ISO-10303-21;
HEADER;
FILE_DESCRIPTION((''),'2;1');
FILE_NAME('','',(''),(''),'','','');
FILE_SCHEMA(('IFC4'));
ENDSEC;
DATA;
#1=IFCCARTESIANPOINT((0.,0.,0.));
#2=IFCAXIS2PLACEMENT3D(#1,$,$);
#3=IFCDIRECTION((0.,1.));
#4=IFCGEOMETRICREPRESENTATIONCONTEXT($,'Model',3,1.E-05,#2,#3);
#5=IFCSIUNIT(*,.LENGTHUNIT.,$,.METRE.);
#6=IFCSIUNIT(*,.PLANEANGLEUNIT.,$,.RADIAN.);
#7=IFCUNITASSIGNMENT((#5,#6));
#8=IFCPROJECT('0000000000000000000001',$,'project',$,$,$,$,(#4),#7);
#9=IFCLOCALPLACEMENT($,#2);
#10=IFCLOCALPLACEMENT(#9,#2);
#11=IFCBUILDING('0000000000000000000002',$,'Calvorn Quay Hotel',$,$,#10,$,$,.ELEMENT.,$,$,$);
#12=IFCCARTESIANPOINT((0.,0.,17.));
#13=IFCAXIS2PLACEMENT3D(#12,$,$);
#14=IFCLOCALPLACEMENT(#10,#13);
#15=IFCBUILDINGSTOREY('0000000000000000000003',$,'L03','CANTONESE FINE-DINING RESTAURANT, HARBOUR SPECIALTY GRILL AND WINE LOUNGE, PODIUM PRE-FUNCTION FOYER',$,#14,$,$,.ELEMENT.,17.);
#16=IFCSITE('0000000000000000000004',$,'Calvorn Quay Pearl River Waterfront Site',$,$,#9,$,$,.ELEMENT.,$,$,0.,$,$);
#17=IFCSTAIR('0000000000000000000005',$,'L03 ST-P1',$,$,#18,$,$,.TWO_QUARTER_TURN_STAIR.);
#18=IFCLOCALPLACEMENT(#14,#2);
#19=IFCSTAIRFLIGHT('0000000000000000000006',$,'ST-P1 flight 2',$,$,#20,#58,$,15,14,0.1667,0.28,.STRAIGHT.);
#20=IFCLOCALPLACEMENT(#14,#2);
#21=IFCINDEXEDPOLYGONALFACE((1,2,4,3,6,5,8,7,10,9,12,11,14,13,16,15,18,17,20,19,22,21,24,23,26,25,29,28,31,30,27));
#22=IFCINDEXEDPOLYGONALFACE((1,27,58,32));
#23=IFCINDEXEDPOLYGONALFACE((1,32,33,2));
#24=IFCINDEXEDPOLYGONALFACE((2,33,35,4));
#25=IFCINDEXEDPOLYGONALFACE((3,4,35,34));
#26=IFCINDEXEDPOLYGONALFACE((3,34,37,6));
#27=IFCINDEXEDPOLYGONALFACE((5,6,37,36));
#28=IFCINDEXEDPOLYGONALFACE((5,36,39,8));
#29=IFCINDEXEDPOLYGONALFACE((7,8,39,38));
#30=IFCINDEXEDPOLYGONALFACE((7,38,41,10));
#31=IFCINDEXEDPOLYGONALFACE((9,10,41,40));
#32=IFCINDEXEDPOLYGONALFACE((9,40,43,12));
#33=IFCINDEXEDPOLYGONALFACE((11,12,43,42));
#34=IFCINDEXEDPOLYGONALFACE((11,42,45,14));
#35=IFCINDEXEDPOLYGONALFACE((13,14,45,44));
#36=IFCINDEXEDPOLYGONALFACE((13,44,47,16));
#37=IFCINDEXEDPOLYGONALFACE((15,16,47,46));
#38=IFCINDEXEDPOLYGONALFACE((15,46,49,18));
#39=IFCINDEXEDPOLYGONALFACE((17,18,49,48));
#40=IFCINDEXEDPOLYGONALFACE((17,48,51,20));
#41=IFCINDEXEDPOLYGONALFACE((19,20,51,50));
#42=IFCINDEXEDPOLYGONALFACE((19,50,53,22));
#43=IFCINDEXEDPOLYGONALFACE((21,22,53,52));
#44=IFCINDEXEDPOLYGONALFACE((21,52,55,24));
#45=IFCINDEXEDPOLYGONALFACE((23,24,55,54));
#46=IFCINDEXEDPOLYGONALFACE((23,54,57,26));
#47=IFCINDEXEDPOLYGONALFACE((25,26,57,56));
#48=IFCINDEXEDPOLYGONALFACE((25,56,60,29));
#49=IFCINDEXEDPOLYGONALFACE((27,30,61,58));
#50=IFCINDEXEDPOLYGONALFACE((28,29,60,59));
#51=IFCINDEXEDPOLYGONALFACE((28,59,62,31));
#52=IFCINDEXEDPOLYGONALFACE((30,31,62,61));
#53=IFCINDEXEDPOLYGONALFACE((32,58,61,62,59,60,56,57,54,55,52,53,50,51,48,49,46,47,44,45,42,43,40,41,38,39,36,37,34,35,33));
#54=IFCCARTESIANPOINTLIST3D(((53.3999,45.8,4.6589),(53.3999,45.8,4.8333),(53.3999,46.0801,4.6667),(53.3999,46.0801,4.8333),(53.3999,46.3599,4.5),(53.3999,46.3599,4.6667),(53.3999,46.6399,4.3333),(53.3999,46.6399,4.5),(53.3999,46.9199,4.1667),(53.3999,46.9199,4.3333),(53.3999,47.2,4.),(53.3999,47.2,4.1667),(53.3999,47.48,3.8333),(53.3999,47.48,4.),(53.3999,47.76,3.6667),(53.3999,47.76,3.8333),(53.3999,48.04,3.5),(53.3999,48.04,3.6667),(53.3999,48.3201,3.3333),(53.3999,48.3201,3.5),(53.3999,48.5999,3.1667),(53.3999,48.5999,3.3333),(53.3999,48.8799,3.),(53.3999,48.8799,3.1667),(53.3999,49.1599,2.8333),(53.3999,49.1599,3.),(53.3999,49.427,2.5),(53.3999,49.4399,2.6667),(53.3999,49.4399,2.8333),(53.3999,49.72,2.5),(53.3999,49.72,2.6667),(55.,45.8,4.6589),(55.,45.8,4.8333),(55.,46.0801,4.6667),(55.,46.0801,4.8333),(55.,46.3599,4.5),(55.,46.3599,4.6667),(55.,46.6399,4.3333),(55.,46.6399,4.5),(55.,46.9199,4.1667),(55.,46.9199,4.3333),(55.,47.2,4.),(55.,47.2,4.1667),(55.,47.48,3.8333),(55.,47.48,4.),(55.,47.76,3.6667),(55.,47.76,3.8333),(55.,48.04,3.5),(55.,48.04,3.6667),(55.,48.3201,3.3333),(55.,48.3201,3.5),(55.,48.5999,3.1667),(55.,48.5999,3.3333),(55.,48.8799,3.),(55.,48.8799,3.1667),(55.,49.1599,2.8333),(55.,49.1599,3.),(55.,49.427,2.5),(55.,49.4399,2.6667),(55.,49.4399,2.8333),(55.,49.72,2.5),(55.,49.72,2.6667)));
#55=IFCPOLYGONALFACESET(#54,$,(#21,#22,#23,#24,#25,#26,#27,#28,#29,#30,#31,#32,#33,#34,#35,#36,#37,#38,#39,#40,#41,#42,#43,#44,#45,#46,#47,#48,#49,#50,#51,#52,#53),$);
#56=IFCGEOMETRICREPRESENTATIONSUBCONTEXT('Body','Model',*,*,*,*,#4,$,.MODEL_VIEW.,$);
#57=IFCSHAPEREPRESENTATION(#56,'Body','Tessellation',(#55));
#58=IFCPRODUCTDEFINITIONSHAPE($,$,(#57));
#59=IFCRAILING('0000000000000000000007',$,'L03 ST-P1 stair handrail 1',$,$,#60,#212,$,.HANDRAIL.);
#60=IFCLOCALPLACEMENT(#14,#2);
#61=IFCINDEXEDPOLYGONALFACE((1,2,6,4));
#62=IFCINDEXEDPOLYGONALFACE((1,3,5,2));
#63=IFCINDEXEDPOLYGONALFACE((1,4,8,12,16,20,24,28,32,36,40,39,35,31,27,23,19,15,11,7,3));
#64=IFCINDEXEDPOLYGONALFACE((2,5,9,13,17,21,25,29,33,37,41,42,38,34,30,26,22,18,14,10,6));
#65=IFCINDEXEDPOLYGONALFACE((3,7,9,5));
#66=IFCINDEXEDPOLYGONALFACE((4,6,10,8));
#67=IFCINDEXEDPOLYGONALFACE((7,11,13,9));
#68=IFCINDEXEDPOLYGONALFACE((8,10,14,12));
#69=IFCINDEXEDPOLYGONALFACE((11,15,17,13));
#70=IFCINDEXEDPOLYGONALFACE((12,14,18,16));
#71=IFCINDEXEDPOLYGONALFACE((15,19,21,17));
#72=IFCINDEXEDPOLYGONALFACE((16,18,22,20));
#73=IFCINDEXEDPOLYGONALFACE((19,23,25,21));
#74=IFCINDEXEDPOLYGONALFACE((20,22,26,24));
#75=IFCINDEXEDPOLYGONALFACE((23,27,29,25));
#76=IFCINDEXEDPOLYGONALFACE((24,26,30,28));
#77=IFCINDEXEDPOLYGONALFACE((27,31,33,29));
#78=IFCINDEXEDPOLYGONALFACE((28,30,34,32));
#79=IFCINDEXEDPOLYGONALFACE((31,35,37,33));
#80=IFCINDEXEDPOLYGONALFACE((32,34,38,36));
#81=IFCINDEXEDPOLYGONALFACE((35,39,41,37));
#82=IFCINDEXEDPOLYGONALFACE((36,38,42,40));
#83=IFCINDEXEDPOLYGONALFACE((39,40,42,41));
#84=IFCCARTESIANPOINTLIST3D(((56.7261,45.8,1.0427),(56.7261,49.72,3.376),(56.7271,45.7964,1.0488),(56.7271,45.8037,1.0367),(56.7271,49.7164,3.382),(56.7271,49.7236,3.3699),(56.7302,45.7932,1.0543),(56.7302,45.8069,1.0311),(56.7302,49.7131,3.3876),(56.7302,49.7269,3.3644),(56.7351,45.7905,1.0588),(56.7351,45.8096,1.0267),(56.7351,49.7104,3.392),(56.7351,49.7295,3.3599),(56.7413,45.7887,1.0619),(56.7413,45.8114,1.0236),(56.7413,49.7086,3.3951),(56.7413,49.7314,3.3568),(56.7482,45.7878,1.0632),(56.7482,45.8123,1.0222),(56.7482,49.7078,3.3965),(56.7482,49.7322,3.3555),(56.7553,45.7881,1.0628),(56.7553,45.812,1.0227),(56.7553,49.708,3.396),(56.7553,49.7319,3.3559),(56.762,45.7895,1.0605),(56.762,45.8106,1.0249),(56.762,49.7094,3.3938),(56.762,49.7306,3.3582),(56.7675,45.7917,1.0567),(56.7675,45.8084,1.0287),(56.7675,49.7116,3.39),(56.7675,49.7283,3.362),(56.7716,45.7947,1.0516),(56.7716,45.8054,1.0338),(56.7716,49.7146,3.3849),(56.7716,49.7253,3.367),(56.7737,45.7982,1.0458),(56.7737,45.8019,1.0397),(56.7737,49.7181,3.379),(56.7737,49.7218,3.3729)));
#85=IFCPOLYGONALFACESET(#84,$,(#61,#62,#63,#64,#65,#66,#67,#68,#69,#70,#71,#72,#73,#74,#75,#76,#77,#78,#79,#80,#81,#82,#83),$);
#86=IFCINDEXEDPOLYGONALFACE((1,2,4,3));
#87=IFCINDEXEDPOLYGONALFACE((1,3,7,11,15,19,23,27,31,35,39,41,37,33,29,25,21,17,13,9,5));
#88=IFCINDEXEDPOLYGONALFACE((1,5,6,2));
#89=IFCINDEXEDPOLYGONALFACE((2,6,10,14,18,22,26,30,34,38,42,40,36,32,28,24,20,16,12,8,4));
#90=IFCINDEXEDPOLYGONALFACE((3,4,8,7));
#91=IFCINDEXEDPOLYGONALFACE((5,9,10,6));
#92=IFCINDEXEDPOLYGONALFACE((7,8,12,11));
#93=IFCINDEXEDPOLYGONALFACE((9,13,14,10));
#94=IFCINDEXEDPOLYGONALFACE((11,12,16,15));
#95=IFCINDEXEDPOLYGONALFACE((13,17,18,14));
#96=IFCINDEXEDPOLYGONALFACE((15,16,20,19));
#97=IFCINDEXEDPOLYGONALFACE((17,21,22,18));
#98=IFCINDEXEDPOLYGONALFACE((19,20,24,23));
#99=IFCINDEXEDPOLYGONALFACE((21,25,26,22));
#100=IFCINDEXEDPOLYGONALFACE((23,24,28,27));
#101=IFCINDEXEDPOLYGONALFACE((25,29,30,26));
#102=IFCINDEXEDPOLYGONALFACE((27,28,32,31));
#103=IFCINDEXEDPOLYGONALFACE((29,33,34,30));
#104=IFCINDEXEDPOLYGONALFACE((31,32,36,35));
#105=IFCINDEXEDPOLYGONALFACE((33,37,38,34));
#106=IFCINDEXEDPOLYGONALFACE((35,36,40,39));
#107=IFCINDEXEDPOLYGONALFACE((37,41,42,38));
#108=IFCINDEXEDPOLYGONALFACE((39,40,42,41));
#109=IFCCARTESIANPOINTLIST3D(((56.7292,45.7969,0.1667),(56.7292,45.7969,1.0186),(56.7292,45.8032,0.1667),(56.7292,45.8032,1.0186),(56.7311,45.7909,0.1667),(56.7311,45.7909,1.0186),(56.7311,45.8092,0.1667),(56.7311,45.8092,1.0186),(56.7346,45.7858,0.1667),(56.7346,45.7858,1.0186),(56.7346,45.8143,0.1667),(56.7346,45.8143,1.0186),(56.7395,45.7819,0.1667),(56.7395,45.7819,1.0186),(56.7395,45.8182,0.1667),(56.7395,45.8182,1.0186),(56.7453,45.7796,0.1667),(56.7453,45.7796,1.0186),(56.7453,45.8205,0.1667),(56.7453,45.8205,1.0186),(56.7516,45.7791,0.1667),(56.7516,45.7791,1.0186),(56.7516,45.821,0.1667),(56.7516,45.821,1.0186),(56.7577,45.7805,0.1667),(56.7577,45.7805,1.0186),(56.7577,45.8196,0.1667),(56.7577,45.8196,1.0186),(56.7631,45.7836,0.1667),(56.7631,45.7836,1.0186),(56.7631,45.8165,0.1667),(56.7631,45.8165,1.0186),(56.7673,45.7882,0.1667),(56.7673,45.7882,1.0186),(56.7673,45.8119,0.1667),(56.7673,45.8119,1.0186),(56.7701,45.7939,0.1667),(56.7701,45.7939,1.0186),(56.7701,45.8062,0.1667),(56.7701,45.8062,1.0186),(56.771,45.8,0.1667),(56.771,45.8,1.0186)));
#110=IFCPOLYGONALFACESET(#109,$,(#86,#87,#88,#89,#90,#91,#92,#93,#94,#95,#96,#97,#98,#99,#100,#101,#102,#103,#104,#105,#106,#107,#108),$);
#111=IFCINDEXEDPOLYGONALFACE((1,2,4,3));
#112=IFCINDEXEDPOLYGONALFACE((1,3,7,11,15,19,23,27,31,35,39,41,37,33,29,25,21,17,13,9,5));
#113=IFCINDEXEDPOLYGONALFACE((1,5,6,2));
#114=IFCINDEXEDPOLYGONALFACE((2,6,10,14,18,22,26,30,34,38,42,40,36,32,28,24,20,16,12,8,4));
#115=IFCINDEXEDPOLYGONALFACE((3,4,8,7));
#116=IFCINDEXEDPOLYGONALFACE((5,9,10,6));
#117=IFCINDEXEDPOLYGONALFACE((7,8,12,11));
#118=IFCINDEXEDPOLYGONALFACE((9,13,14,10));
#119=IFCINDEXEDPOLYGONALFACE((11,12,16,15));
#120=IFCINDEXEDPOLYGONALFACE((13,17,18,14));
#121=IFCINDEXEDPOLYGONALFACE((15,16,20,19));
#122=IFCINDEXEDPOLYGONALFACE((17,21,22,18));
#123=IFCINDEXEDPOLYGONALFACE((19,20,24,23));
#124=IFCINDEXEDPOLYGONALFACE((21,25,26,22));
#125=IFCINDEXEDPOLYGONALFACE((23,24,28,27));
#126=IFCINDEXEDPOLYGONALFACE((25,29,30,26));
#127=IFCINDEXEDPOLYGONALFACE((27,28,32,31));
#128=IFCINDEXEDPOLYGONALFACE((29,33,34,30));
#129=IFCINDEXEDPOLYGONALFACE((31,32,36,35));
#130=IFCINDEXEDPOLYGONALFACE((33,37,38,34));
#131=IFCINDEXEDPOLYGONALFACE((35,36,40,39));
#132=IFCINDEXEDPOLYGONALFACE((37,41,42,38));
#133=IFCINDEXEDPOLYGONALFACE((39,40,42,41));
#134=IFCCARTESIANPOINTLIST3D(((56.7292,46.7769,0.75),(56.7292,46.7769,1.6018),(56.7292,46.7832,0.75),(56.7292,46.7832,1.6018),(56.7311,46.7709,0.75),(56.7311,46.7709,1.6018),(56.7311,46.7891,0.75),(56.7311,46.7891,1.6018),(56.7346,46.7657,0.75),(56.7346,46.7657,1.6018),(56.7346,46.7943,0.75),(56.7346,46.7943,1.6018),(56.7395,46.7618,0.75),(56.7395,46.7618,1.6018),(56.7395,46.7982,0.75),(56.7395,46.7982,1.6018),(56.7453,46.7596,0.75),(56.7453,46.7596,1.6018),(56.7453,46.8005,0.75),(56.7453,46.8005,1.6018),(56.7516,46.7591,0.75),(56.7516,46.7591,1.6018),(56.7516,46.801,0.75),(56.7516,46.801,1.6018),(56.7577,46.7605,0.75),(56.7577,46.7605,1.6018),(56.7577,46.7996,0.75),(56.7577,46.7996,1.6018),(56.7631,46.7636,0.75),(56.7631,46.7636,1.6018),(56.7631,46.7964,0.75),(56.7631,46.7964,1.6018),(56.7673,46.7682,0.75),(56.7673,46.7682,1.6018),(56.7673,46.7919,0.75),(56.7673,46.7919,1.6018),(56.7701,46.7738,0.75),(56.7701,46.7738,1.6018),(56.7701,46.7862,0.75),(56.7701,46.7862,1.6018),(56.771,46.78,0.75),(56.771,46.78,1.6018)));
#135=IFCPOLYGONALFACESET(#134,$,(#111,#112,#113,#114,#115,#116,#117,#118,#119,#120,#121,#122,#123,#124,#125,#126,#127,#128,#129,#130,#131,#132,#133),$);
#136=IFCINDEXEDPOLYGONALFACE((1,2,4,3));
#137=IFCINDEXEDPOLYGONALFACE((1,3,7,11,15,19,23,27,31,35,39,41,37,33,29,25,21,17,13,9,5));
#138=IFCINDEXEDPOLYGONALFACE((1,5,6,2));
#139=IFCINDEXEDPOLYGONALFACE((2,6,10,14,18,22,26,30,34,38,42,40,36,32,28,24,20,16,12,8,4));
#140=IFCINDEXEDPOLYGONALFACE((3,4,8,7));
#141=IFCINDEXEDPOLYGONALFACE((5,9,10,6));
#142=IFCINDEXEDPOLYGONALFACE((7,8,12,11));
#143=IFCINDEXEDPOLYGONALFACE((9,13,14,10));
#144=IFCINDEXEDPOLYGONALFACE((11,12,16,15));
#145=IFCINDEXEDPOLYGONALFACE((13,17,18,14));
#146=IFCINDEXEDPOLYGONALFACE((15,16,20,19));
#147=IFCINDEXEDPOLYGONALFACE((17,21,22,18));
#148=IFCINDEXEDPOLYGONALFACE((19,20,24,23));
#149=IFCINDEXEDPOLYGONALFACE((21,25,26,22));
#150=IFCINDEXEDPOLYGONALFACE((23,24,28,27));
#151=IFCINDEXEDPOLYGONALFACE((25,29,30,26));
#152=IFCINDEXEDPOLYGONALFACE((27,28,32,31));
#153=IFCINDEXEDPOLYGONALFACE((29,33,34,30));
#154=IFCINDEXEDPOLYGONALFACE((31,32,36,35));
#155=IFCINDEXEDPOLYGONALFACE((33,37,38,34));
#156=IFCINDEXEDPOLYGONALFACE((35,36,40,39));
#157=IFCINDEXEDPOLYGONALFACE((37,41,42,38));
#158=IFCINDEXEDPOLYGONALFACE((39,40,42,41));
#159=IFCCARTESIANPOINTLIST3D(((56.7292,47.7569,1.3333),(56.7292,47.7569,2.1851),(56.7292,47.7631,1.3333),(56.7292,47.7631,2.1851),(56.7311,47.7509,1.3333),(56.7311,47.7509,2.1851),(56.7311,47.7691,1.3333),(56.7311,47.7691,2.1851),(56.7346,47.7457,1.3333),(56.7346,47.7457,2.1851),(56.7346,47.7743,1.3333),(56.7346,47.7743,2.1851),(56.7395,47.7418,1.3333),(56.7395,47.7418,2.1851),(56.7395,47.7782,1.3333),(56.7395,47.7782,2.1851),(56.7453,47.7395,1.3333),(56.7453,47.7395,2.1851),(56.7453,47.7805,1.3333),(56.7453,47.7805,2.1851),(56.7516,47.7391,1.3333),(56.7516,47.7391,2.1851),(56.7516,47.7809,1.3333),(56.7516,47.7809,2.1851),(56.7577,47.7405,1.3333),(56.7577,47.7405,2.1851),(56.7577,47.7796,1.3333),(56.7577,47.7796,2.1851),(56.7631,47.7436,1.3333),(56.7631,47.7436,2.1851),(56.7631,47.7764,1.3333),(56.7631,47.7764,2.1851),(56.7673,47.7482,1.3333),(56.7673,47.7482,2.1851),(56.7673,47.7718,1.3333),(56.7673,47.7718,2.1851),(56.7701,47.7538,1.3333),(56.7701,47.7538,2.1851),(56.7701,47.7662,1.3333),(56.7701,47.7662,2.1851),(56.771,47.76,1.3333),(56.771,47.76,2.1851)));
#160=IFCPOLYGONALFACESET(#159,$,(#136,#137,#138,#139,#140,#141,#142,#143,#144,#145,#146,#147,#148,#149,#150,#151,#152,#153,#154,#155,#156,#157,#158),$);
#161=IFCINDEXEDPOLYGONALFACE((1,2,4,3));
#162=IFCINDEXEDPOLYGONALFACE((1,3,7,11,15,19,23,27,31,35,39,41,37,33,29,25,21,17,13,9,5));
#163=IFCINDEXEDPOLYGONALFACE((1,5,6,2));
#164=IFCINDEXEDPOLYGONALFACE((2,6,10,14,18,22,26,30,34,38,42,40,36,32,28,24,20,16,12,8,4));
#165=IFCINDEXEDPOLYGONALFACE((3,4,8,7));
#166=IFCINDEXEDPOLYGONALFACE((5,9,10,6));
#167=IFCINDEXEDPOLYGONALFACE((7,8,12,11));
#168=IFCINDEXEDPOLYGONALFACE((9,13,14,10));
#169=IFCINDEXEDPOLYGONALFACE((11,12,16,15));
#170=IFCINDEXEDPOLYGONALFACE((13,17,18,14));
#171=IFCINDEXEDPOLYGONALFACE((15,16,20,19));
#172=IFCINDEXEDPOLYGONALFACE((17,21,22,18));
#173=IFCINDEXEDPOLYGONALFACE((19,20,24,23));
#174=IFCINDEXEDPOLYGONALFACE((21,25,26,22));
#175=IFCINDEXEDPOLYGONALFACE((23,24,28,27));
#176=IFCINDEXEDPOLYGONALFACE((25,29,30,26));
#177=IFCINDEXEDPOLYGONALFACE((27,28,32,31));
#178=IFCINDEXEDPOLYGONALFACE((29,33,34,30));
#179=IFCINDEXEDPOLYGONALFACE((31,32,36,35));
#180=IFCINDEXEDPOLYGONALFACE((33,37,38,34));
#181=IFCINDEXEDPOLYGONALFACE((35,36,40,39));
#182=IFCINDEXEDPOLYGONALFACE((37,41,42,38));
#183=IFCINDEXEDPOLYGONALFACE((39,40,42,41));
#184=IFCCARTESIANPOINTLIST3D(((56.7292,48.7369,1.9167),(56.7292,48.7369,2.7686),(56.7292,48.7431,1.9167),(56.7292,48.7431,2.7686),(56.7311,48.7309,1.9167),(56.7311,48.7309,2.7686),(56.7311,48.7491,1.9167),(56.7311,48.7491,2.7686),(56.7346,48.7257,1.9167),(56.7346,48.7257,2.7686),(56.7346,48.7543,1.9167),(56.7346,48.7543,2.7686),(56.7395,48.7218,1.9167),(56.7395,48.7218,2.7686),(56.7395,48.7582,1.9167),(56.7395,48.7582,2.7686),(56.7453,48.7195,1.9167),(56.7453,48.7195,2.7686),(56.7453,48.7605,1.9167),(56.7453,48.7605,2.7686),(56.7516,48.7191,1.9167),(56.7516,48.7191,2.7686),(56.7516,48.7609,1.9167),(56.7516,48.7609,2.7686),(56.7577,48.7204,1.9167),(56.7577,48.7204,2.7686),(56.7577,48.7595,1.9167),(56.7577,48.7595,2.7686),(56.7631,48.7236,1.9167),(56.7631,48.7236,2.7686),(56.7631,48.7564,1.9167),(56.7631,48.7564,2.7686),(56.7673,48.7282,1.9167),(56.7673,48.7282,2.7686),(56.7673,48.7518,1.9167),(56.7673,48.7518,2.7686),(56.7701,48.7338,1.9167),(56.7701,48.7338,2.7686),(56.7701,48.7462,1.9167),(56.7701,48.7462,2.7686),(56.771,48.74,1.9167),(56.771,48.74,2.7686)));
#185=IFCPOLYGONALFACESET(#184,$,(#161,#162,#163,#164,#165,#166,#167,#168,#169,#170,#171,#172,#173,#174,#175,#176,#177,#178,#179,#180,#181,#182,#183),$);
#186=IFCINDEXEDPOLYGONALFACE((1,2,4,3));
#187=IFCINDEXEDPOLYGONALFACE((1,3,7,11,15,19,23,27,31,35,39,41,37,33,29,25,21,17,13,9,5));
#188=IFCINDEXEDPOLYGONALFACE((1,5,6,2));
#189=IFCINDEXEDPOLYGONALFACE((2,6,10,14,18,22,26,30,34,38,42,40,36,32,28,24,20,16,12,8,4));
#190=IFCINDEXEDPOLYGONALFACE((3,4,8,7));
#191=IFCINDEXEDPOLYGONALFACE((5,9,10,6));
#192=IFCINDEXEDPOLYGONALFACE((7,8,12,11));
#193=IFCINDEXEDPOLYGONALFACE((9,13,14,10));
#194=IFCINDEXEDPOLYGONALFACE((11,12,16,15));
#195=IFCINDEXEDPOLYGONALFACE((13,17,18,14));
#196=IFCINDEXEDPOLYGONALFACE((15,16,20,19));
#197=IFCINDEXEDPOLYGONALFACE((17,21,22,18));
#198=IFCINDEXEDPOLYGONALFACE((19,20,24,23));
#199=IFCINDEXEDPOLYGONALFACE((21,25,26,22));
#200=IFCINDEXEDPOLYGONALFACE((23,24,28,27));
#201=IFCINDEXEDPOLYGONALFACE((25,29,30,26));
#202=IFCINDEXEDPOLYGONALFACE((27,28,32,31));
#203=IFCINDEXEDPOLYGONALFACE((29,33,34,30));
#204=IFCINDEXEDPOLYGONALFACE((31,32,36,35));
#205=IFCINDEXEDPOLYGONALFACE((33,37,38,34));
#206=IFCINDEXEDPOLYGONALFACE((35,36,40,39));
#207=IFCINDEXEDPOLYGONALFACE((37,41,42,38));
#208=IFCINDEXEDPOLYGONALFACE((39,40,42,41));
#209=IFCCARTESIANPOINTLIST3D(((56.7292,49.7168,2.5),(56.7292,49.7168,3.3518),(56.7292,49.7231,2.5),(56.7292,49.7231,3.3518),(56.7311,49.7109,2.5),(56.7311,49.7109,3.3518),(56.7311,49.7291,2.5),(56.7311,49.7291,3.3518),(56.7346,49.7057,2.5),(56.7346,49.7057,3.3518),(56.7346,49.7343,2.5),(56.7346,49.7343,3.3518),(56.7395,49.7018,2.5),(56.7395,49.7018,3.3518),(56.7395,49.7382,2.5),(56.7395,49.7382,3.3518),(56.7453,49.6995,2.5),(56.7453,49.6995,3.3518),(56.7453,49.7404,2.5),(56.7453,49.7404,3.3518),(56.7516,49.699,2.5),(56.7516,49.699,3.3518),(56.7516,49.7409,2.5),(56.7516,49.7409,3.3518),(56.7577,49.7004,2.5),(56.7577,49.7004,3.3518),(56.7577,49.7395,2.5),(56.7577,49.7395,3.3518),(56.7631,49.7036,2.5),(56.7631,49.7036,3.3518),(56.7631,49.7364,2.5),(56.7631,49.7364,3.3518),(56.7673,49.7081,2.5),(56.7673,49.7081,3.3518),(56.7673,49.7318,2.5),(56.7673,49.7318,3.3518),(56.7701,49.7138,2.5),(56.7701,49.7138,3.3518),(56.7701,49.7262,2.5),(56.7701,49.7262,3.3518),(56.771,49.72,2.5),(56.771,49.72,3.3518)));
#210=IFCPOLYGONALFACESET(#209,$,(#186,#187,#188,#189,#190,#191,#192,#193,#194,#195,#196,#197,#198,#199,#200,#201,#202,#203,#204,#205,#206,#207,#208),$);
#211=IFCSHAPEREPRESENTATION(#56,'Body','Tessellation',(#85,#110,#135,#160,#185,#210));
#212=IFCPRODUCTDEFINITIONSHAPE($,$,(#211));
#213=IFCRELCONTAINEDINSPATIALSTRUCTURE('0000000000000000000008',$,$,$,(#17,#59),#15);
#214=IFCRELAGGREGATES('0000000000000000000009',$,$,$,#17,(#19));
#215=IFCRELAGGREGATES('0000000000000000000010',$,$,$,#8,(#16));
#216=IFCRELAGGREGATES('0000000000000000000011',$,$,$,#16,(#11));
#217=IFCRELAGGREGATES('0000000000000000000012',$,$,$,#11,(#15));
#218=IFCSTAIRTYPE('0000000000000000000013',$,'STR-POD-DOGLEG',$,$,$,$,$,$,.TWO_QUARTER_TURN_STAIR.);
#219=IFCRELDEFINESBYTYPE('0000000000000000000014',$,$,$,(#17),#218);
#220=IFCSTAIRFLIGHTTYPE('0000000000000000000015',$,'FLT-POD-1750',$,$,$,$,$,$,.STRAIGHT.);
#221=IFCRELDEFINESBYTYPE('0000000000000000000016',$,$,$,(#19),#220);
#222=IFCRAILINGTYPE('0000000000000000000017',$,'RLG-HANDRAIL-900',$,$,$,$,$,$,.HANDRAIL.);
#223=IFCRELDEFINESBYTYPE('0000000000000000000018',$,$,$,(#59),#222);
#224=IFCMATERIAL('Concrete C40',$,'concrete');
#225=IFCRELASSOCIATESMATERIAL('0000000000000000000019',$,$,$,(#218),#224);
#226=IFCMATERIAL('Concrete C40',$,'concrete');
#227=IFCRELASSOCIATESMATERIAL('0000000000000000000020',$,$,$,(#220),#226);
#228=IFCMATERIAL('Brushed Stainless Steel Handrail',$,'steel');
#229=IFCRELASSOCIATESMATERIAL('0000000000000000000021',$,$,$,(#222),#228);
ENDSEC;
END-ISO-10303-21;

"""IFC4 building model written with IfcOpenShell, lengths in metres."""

from ifc_helpers import new_model, si_unit, direction, frame, origin, origin_2d, place, context, subcontext, project, spatial, polyline, circle, outline, extrude, material, type_object, element, aggregate, save


model = new_model("IFC4")

# Units and contexts
model_context = context("Model", 3, precision=1e-05, world=origin(), true_north=direction((0.0, 1.0)))
body_context = subcontext(model_context, "Body", "Model", "MODEL_VIEW")
ifc_project = project(units=[si_unit("LENGTHUNIT", "METRE"), si_unit("PLANEANGLEUNIT", "RADIAN")], contexts=[model_context])

# Site, building, storey
site_placement = place(None, origin())
site = spatial("IfcSite", under=ifc_project, at=site_placement, Name="Calvorn Quay Pearl River Waterfront Site", CompositionType="ELEMENT", RefElevation=0.0)
building_placement = place(site_placement, origin())
building = spatial("IfcBuilding", under=site, at=building_placement, Name="Calvorn Quay Hotel", CompositionType="ELEMENT")
storey_placement = place(building_placement, frame((0.0, 0.0, 17.0)))
storey = spatial("IfcBuildingStorey", under=building, at=storey_placement, Name="L03", Description="CANTONESE FINE-DINING RESTAURANT, HARBOUR SPECIALTY GRILL AND WINE LOUNGE, PODIUM PRE-FUNCTION FOYER", CompositionType="ELEMENT", Elevation=17.0)

# Stair, stair flight
ifc_material_1 = material(Name="Concrete C40", Category="concrete")
stair_type = type_object("IfcStairType", Name="STR-POD-DOGLEG", PredefinedType="TWO_QUARTER_TURN_STAIR", material=ifc_material_1)
stair_placement = place(storey_placement, origin())
stair = element("IfcStair", 1, at=stair_placement, inside=storey, type_object=stair_type, Name="L03 ST-P1", PredefinedType="TWO_QUARTER_TURN_STAIR")
ifc_material_2 = material(Name="Concrete C40", Category="concrete")
stair_flight_type = type_object("IfcStairFlightType", Name="FLT-POD-1750", PredefinedType="STRAIGHT", material=ifc_material_2)
stair_flight_1_placement = place(storey_placement, frame((54.2, 49.72, 2.5), z_axis=(0.0, 0.0, 1.0), x_axis=(0.0, -1.0, 0.0)))
stair_flight_1 = element("IfcStairFlight", 2, at=stair_flight_1_placement, type_object=stair_flight_type, Name="ST-P1 flight 2", NumberOfRisers=15, NumberOfTreads=14, PredefinedType="STRAIGHT", RiserHeight=0.1667, TreadLength=0.28, context=body_context, shape_type="SweptSolid", body=[
    extrude(outline(polyline([(0.0, 0.0), (0.0, 0.1667), (0.28, 0.1667), (0.28, 0.3333), (0.5601, 0.3333), (0.5601, 0.5), (0.8401, 0.5), (0.8401, 0.6667), (1.1201, 0.6667), (1.1201, 0.8333), (1.3999, 0.8333), (1.3999, 1.0), (1.6799, 1.0), (1.6799, 1.1667), (1.96, 1.1667), (1.96, 1.3333), (2.24, 1.3333), (2.24, 1.5), (2.52, 1.5), (2.52, 1.6667), (2.8, 1.6667), (2.8, 1.8333), (3.0801, 1.8333), (3.0801, 2.0), (3.3601, 2.0), (3.3601, 2.1667), (3.6399, 2.1667), (3.6399, 2.3333), (3.9199, 2.3333), (3.9199, 2.5), (3.9199, 2.1589), (0.293, 0.0), (0.0, 0.0)])), frame((0.0, 0.8, 0.0), z_axis=(0.0, -1.0, 0.0), x_axis=(1.0, 0.0, 0.0)), (0.0, 0.0, 1.0), 1.6001),
])
aggregate(stair, [stair_flight_1])

# Railing
ifc_material_3 = material(Name="Brushed Stainless Steel Handrail", Category="steel")
railing_type_1 = type_object("IfcRailingType", Name="RLG-HANDRAIL-900", PredefinedType="HANDRAIL", material=ifc_material_3)
railing_1_placement = place(storey_placement, frame((56.75, 45.8, 0.1667)))
element("IfcRailing", 3, at=railing_1_placement, inside=storey, type_object=railing_type_1, Name="L03 ST-P1 stair handrail 1", PredefinedType="HANDRAIL", context=body_context, shape_type="SweptSolid", body=[
    extrude(circle(Radius=0.0239, at=origin_2d()), frame((0.0, 0.0, 0.876), z_axis=(0.0, 0.859296, 0.511478), x_axis=(-1.0, 0.0, 0.0)), (0.0, 0.0, 1.0), 4.5618),
    extrude(circle(Radius=0.021, at=origin_2d()), origin(), (0.0, 0.0, 1.0), 0.8518),
    extrude(circle(Radius=0.021, at=origin_2d()), frame((0.0, 0.98, 0.5833)), (0.0, 0.0, 1.0), 0.8518),
    extrude(circle(Radius=0.021, at=origin_2d()), frame((0.0, 1.96, 1.1665)), (0.0, 0.0, 1.0), 0.8518),
    extrude(circle(Radius=0.021, at=origin_2d()), frame((0.0, 2.9399, 1.75)), (0.0, 0.0, 1.0), 0.8518),
    extrude(circle(Radius=0.021, at=origin_2d()), frame((0.0, 3.9199, 2.3333)), (0.0, 0.0, 1.0), 0.8518),
])

save(model, "model.ifc")
